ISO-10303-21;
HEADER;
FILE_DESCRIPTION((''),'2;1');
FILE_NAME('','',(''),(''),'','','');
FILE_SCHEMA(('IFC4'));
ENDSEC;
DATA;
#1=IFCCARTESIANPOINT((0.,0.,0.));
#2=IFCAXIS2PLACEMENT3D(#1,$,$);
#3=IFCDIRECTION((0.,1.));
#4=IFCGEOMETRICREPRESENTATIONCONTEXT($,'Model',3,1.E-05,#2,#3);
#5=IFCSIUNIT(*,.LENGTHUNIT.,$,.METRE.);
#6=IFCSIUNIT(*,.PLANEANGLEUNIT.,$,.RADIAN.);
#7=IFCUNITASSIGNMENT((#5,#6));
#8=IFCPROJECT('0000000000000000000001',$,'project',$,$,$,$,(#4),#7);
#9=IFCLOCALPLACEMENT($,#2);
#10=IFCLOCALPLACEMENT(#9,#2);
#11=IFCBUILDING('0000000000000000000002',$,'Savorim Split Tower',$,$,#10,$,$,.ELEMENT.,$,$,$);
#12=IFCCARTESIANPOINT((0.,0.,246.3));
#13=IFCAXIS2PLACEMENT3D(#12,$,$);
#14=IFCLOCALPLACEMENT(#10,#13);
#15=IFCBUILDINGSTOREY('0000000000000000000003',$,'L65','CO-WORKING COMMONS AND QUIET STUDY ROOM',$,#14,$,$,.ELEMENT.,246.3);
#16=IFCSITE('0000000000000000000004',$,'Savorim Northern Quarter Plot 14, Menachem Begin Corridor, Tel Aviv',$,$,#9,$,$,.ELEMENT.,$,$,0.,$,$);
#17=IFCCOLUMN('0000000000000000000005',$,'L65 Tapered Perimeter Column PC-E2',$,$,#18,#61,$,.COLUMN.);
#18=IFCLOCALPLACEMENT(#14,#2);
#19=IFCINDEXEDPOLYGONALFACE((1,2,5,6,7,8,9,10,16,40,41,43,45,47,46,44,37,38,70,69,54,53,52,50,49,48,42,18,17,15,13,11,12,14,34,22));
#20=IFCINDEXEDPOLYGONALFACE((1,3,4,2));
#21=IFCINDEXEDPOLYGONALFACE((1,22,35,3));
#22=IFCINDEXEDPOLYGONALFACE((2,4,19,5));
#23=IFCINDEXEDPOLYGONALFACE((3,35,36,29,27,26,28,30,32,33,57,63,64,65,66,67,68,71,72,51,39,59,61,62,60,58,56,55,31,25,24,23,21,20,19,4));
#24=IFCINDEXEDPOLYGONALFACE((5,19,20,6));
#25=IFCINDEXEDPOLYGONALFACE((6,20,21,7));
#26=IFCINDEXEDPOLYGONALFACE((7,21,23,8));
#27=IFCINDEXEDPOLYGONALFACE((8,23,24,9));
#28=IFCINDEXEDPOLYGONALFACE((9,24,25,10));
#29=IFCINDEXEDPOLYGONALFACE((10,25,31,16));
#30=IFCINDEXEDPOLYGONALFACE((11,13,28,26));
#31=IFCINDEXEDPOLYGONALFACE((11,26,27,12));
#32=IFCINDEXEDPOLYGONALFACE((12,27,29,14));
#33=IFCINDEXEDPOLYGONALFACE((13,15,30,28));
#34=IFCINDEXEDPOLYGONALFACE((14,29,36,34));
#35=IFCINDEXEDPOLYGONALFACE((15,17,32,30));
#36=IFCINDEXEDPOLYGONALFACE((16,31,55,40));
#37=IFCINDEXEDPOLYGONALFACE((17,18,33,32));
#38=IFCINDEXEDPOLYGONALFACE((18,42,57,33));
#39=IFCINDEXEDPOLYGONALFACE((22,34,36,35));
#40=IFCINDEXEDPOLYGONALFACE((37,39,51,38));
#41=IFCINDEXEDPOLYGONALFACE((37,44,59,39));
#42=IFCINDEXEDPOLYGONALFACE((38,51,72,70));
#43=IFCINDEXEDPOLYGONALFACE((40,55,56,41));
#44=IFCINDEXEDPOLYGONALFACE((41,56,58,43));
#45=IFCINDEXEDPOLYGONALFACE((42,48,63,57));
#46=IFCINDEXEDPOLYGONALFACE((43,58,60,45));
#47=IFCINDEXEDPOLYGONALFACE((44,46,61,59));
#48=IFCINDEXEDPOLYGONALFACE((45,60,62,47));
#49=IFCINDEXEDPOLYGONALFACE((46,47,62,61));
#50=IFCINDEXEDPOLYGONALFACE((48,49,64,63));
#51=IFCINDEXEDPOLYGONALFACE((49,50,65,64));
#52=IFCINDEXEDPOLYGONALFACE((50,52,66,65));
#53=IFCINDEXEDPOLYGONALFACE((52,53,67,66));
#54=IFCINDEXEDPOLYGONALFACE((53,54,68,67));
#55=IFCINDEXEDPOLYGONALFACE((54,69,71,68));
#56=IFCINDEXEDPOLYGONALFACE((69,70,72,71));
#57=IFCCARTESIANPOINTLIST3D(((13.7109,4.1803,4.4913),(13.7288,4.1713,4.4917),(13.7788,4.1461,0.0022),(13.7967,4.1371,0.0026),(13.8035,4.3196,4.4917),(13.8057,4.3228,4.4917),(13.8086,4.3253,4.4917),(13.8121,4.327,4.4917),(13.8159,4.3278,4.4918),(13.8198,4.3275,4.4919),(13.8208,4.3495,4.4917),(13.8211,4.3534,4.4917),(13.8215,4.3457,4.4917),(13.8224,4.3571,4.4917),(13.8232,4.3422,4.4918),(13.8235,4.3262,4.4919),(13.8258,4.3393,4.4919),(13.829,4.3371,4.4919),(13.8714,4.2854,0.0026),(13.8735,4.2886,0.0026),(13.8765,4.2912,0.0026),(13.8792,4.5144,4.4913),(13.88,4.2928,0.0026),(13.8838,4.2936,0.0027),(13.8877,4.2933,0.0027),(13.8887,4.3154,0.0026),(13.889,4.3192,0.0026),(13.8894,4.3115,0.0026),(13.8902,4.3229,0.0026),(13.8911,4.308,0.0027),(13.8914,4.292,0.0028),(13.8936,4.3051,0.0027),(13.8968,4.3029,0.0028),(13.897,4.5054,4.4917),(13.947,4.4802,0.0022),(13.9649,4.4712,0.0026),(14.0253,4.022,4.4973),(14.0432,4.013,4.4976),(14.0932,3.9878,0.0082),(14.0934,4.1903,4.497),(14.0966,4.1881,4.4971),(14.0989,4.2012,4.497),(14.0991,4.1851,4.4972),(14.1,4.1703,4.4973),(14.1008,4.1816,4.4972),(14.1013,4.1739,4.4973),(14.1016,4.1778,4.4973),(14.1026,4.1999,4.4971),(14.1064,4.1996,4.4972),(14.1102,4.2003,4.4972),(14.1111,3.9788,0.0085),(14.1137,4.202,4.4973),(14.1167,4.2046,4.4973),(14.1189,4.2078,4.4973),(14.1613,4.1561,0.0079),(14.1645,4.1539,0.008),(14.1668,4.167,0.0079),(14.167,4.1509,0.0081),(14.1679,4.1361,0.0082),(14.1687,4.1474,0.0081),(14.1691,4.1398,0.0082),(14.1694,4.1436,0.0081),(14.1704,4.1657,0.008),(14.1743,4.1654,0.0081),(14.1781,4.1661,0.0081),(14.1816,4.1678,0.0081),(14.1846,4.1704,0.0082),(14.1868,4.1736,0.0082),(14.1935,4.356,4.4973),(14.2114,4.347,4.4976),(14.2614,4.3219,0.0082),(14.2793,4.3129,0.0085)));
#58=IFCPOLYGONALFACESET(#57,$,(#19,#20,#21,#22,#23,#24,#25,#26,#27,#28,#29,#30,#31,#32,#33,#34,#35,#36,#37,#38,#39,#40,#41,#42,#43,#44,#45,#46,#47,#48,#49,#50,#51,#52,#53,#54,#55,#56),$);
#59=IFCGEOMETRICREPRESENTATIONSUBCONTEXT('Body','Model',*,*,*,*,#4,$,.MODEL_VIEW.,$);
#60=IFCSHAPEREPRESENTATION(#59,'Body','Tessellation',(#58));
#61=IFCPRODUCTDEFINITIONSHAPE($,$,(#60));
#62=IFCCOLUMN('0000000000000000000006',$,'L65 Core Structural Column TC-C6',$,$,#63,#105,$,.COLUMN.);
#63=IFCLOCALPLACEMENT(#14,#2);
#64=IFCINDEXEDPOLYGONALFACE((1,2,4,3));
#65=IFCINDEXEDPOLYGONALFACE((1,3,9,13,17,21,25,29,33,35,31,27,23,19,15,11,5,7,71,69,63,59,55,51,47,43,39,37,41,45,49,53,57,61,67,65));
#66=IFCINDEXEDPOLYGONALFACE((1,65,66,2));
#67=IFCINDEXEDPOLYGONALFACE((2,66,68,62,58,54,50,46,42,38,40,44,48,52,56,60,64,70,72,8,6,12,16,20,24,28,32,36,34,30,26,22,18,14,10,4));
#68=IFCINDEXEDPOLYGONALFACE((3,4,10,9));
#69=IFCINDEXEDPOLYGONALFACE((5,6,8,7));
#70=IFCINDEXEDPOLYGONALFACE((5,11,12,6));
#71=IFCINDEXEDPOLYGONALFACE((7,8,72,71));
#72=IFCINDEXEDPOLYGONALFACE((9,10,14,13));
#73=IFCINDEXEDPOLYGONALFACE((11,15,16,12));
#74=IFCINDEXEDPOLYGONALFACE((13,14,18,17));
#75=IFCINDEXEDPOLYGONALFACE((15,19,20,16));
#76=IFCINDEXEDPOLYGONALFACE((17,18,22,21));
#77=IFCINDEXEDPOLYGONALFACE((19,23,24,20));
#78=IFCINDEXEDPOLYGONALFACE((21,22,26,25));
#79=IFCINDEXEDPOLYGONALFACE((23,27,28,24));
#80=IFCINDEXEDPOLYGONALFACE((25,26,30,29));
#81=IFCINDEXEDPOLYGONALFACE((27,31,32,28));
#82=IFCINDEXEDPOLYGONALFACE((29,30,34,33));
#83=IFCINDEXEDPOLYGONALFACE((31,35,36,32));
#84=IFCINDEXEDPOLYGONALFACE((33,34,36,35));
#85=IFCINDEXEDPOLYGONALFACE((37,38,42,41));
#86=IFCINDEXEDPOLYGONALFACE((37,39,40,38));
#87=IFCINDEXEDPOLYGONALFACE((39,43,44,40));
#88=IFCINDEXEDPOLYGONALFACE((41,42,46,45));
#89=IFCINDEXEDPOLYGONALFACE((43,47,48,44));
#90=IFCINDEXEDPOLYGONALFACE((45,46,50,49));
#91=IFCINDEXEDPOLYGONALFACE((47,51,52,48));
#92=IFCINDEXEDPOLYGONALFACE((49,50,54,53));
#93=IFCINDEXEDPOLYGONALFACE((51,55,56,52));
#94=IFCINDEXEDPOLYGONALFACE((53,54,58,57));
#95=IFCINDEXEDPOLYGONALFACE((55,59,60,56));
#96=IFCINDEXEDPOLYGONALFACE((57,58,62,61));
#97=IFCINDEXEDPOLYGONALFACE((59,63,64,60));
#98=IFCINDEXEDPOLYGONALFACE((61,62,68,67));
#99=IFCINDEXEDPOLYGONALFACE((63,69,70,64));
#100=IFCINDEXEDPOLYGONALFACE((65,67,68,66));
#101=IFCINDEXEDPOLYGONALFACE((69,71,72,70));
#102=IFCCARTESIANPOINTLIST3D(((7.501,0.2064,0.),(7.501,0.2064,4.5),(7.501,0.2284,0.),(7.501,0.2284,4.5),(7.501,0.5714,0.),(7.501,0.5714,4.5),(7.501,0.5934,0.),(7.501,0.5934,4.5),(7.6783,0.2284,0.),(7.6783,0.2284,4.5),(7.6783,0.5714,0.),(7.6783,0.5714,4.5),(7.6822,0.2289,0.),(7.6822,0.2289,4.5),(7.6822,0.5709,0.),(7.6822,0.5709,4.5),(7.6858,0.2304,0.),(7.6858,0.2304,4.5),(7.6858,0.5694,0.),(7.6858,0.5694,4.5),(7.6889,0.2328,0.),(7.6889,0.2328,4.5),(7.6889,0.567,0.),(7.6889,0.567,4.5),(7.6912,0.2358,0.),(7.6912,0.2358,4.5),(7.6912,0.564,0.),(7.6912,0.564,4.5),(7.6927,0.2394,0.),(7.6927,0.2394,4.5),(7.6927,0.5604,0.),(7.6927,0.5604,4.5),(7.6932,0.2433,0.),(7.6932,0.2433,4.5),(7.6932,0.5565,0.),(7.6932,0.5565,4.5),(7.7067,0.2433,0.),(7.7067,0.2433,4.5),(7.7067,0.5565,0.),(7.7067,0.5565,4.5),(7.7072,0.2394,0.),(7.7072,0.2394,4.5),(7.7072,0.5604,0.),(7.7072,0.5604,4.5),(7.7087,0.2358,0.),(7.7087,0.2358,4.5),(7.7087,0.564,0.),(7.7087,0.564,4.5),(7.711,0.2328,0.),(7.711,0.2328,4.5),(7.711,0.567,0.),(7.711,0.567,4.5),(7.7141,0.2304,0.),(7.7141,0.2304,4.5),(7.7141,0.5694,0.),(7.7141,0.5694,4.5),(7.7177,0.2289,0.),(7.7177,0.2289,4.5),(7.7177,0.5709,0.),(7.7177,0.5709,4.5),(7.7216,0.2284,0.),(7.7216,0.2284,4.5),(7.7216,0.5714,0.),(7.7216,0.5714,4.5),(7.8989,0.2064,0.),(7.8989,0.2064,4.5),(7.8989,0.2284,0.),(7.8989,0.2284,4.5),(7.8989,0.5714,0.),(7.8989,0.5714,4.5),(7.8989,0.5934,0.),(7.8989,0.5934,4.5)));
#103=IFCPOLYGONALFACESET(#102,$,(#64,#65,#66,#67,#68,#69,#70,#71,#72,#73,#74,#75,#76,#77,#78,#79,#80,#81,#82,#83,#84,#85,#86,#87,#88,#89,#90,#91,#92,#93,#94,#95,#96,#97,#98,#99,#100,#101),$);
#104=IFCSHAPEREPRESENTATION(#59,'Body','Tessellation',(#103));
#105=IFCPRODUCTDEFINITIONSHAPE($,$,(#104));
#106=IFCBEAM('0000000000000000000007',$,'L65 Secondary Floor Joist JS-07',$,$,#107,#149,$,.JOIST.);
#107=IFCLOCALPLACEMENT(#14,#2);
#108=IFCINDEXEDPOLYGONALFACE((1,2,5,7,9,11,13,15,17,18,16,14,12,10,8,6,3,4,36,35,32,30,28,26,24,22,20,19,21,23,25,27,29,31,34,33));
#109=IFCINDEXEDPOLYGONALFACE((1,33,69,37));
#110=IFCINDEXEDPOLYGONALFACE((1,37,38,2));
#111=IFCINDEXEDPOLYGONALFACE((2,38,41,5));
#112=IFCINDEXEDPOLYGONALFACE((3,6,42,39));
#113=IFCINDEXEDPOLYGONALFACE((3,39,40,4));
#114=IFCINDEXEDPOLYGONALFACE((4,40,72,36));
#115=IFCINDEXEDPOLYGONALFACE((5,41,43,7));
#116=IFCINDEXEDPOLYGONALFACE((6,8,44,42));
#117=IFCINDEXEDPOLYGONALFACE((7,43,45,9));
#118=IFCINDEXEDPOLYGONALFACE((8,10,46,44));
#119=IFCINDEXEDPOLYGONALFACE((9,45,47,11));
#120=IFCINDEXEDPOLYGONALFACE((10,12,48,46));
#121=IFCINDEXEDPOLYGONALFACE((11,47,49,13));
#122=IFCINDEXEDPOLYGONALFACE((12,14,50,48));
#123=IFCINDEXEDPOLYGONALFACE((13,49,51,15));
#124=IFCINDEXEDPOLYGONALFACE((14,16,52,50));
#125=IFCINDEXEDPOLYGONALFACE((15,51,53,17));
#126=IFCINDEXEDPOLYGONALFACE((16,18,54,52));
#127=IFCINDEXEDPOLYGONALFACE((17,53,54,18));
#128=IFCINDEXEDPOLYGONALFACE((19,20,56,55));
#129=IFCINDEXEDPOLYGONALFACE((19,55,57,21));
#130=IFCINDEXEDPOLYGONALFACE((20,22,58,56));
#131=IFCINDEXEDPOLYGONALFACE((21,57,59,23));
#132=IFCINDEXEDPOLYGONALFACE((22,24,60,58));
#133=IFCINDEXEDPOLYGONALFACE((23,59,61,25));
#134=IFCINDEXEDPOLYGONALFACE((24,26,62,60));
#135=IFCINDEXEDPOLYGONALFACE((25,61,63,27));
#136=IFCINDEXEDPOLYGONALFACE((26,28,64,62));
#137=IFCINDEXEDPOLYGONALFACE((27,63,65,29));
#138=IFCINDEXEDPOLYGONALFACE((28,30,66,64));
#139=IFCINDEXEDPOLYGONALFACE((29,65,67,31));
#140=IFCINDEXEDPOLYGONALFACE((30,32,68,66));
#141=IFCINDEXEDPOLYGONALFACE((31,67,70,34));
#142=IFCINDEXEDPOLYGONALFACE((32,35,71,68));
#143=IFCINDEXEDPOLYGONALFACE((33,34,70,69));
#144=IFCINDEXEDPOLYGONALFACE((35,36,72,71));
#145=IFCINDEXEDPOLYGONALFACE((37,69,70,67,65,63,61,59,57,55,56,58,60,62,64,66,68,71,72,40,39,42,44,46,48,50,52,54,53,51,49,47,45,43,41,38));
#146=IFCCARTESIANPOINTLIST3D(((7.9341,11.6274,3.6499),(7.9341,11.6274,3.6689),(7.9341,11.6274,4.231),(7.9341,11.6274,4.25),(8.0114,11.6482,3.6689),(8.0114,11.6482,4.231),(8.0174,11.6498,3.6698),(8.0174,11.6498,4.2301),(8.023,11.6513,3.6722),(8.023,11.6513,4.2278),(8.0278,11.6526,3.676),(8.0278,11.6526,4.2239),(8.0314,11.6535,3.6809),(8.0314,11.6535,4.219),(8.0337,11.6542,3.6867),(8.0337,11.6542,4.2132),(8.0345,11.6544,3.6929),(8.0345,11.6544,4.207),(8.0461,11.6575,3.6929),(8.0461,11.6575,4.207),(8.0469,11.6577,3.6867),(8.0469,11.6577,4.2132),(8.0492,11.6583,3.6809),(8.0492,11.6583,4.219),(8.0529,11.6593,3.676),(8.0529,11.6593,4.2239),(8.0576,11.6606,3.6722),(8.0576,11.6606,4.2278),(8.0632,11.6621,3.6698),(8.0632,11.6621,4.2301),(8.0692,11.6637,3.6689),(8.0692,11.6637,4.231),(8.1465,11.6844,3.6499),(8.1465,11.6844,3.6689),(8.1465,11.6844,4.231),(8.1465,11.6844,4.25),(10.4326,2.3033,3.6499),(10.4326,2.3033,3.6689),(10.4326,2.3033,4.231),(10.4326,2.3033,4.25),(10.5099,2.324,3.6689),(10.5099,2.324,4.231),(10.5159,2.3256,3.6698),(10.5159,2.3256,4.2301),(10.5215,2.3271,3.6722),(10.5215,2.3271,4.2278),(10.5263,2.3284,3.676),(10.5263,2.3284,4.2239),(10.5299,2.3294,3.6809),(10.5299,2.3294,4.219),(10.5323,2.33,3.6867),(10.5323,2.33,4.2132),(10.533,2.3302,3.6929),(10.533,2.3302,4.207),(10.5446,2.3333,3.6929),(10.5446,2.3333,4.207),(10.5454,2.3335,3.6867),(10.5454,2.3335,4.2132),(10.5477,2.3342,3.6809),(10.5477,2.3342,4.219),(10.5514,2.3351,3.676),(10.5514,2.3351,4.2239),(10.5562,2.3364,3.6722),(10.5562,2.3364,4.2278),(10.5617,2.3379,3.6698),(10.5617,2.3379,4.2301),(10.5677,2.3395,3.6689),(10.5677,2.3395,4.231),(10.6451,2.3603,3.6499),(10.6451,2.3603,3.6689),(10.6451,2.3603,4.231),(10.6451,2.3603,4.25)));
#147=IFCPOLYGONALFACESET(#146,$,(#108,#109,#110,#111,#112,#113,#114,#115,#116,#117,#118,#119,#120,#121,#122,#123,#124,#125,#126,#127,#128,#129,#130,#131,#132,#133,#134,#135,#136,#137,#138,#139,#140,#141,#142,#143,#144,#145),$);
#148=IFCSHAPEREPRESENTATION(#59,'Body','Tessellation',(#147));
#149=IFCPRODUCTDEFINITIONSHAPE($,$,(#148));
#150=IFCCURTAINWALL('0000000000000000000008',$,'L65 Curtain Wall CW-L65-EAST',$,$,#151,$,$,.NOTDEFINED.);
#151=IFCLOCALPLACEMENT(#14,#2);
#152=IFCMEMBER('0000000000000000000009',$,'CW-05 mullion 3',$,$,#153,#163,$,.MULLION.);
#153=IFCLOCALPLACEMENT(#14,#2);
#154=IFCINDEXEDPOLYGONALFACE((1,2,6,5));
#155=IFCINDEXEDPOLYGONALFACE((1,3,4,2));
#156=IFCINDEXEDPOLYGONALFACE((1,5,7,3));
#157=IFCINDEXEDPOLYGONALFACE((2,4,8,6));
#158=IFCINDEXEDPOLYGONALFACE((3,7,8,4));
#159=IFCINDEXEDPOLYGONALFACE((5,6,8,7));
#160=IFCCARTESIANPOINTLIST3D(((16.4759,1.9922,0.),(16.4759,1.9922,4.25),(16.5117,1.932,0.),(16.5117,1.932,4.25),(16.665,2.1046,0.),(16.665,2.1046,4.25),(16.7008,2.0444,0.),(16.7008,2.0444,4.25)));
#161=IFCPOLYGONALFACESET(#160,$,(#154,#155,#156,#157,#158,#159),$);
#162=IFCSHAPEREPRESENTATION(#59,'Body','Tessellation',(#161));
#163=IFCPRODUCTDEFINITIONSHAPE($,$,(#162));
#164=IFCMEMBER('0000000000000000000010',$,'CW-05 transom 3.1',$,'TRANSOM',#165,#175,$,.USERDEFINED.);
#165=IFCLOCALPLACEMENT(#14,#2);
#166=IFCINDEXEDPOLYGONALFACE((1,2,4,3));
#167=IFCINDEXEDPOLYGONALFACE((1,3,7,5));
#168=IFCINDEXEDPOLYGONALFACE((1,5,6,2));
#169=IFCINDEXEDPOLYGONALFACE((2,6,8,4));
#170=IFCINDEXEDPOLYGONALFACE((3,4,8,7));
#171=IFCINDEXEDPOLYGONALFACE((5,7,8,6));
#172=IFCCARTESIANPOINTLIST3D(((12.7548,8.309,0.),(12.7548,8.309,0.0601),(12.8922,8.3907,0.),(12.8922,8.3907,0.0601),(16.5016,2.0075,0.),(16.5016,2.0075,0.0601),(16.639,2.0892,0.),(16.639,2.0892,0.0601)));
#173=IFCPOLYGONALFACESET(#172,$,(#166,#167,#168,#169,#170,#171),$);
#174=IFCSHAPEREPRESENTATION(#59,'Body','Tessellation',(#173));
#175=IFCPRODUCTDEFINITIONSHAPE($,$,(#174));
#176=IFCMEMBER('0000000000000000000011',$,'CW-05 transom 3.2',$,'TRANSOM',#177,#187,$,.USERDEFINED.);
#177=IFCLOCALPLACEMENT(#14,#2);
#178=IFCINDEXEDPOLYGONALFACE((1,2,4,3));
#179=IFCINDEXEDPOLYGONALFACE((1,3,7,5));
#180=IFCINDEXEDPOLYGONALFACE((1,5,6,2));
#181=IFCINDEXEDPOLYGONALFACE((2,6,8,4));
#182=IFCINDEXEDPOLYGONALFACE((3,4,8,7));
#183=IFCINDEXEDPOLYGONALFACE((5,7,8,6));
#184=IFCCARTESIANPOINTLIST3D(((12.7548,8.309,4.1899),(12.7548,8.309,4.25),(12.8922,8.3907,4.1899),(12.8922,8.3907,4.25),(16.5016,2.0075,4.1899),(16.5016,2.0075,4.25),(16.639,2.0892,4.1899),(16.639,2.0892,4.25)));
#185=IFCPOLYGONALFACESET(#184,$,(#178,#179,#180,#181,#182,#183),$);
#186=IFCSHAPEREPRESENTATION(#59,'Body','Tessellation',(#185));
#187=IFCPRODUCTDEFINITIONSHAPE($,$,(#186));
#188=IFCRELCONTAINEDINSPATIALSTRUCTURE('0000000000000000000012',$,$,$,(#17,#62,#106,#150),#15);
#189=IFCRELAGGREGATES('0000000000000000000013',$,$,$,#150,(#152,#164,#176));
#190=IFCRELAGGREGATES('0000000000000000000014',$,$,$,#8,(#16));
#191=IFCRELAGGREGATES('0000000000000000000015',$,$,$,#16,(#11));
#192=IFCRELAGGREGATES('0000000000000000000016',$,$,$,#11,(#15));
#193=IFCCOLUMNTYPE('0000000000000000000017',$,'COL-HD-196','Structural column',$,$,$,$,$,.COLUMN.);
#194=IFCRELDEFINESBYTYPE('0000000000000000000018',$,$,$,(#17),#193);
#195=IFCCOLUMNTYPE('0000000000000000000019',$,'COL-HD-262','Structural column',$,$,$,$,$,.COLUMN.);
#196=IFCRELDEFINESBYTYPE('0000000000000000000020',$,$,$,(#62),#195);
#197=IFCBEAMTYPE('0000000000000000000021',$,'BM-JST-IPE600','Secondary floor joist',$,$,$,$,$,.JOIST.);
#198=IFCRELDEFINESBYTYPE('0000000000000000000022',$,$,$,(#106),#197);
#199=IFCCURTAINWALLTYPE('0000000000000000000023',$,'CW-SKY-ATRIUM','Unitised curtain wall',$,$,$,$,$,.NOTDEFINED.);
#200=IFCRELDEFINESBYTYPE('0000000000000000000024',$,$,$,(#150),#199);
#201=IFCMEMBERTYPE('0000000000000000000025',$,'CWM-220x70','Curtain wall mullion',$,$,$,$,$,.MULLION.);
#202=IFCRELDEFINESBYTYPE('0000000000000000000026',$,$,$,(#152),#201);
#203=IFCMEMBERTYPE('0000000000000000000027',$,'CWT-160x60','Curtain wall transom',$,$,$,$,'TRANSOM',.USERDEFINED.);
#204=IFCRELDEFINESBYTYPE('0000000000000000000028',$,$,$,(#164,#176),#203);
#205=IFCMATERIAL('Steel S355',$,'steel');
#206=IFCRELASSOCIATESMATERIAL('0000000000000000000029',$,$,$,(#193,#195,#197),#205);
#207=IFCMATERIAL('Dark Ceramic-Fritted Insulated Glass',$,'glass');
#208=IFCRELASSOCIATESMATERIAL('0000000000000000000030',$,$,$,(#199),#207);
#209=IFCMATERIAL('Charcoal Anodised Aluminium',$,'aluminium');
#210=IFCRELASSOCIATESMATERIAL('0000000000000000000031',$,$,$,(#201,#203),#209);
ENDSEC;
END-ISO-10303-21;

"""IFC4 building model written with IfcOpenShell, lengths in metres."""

from ifc_helpers import new_model, si_unit, direction, frame, origin, origin_2d, place, context, subcontext, project, spatial, rectangle, i_section, extrude, material, material_profile, profile_set, type_object, element, aggregate, save


model = new_model("IFC4")

# Units and contexts
model_context = context("Model", 3, precision=1e-05, world=origin(), true_north=direction((0.0, 1.0)))
body_context = subcontext(model_context, "Body", "Model", "MODEL_VIEW")
ifc_project = project(units=[si_unit("LENGTHUNIT", "METRE"), si_unit("PLANEANGLEUNIT", "RADIAN")], contexts=[model_context])

# Site, building, storey
site_placement = place(None, origin())
site = spatial("IfcSite", under=ifc_project, at=site_placement, Name="Savorim Northern Quarter Plot 14, Menachem Begin Corridor, Tel Aviv", CompositionType="ELEMENT", RefElevation=0.0)
building_placement = place(site_placement, origin())
building = spatial("IfcBuilding", under=site, at=building_placement, Name="Savorim Split Tower", CompositionType="ELEMENT")
storey_placement = place(building_placement, frame((0.0, 0.0, 246.3)))
storey = spatial("IfcBuildingStorey", under=building, at=storey_placement, Name="L65", Description="CO-WORKING COMMONS AND QUIET STUDY ROOM", CompositionType="ELEMENT", Elevation=246.3)

# Columns
ifc_material_1 = material(Name="Steel S355", Category="steel")
ifc_material_profile_1 = material_profile(ifc_material_1, i_section(OverallWidth=0.374, OverallDepth=0.3721, WebThickness=0.0122, FlangeThickness=0.02, FilletRadius=0.0149, at=origin_2d()), Name="HD 360x196")
ifc_profile_set_1 = profile_set([ifc_material_profile_1], Name="Steel S355")
column_type_1 = type_object("IfcColumnType", Name="COL-HD-196", Description="Structural column", PredefinedType="COLUMN", material=ifc_profile_set_1)
column_1_placement = place(storey_placement, frame((14.0291, 4.2295, 0.0054), z_axis=(-0.015117, 0.007613, 0.999857), x_axis=(-0.449782, -0.893138, 0.0)))
element("IfcColumn", 1, at=column_1_placement, inside=storey, type_object=column_type_1, Name="L65 Tapered Perimeter Column PC-E2", PredefinedType="COLUMN", context=body_context, shape_type="SweptSolid", body=[
    extrude(i_section(OverallWidth=0.374, OverallDepth=0.3721, WebThickness=0.0122, FlangeThickness=0.02, FilletRadius=0.0149, at=origin_2d()), origin(), (0.0, 0.0, 1.0), 4.4897),
])
ifc_material_profile_2 = material_profile(ifc_material_1, i_section(OverallWidth=0.3979, OverallDepth=0.387, WebThickness=0.0134, FlangeThickness=0.022, FilletRadius=0.0149, at=origin_2d()), Name="HD 400x262")
ifc_profile_set_2 = profile_set([ifc_material_profile_2], Name="Steel S355")
column_type_2 = type_object("IfcColumnType", Name="COL-HD-262", Description="Structural column", PredefinedType="COLUMN", material=ifc_profile_set_2)
column_2_placement = place(storey_placement, frame((7.7, 0.3999, 0.0), z_axis=(0.0, 0.0, 1.0), x_axis=(1.0, 0.0, 0.0)))
element("IfcColumn", 2, at=column_2_placement, inside=storey, type_object=column_type_2, Name="L65 Core Structural Column TC-C6", PredefinedType="COLUMN", context=body_context, shape_type="SweptSolid", body=[
    extrude(i_section(OverallWidth=0.3979, OverallDepth=0.387, WebThickness=0.0134, FlangeThickness=0.022, FilletRadius=0.0149, at=origin_2d()), origin(), (0.0, 0.0, 1.0), 4.5),
])

# Beam
ifc_material_profile_3 = material_profile(ifc_material_1, i_section(OverallWidth=0.22, OverallDepth=0.6001, WebThickness=0.012, FlangeThickness=0.019, FilletRadius=0.0239, at=origin_2d()), Name="IPE 600")
ifc_profile_set_3 = profile_set([ifc_material_profile_3], Name="Steel S355")
beam_type = type_object("IfcBeamType", Name="BM-JST-IPE600", Description="Secondary floor joist", PredefinedType="JOIST", material=ifc_profile_set_3)
beam_placement = place(storey_placement, frame((10.5388, 2.3318, 3.95), z_axis=(-0.25883, 0.965923, 0.0), x_axis=(-0.965923, -0.25883, 0.0)))
element("IfcBeam", 3, at=beam_placement, inside=storey, type_object=beam_type, Name="L65 Secondary Floor Joist JS-07", PredefinedType="JOIST", context=body_context, shape_type="SweptSolid", body=[
    extrude(i_section(OverallWidth=0.22, OverallDepth=0.6001, WebThickness=0.012, FlangeThickness=0.019, FilletRadius=0.0239, at=origin_2d()), origin(), (0.0, 0.0, 1.0), 9.6531),
])

# Curtain wall, members
ifc_material_2 = material(Name="Dark Ceramic-Fritted Insulated Glass", Category="glass")
curtain_wall_type = type_object("IfcCurtainWallType", Name="CW-SKY-ATRIUM", Description="Unitised curtain wall", PredefinedType="NOTDEFINED", material=ifc_material_2)
curtain_wall_placement = place(storey_placement, origin())
curtain_wall = element("IfcCurtainWall", 4, at=curtain_wall_placement, inside=storey, type_object=curtain_wall_type, Name="L65 Curtain Wall CW-L65-EAST", PredefinedType="NOTDEFINED")
ifc_material_3 = material(Name="Charcoal Anodised Aluminium", Category="aluminium")
ifc_material_profile_4 = material_profile(ifc_material_3, rectangle(XDim=0.22, YDim=0.0701, at=origin_2d()), Name="ALU-M 220x70")
ifc_profile_set_4 = profile_set([ifc_material_profile_4], Name="Charcoal Anodised Aluminium")
member_type_1 = type_object("IfcMemberType", Name="CWM-220x70", Description="Curtain wall mullion", PredefinedType="MULLION", material=ifc_profile_set_4)
member_1_placement = place(storey_placement, frame((16.5884, 2.0183, 0.0), z_axis=(0.0, 0.0, 1.0), x_axis=(-0.859527, -0.51109, 0.0)))
member_1 = element("IfcMember", 5, at=member_1_placement, type_object=member_type_1, Name="CW-05 mullion 3", PredefinedType="MULLION", context=body_context, shape_type="SweptSolid", body=[
    extrude(rectangle(XDim=0.22, YDim=0.0701, at=origin_2d()), origin(), (0.0, 0.0, 1.0), 4.25),
])
ifc_material_profile_5 = material_profile(ifc_material_3, rectangle(XDim=0.1599, YDim=0.0601, at=origin_2d()), Name="ALU-T 160x60")
ifc_profile_set_5 = profile_set([ifc_material_profile_5], Name="Charcoal Anodised Aluminium")
member_type_2 = type_object("IfcMemberType", Name="CWT-160x60", Description="Curtain wall transom", ElementType="TRANSOM", PredefinedType="USERDEFINED", material=ifc_profile_set_5)
member_2_placement = place(storey_placement, frame((16.5703, 2.0483, 0.03), z_axis=(-0.511073, 0.859537, 0.0), x_axis=(-0.859537, -0.511073, 0.0)))
member_2 = element("IfcMember", 6, at=member_2_placement, type_object=member_type_2, Name="CW-05 transom 3.1", ObjectType="TRANSOM", PredefinedType="USERDEFINED", context=body_context, shape_type="SweptSolid", body=[
    extrude(rectangle(XDim=0.1599, YDim=0.0601, at=origin_2d()), origin(), (0.0, 0.0, 1.0), 7.3313),
])
member_3_placement = place(storey_placement, frame((16.5703, 2.0483, 4.22), z_axis=(-0.511073, 0.859537, 0.0), x_axis=(-0.859537, -0.511073, 0.0)))
member_3 = element("IfcMember", 7, at=member_3_placement, type_object=member_type_2, Name="CW-05 transom 3.2", ObjectType="TRANSOM", PredefinedType="USERDEFINED", context=body_context, shape_type="SweptSolid", body=[
    extrude(rectangle(XDim=0.1599, YDim=0.0601, at=origin_2d()), origin(), (0.0, 0.0, 1.0), 7.3313),
])
aggregate(curtain_wall, [member_1, member_2, member_3])

save(model, "model.ifc")
